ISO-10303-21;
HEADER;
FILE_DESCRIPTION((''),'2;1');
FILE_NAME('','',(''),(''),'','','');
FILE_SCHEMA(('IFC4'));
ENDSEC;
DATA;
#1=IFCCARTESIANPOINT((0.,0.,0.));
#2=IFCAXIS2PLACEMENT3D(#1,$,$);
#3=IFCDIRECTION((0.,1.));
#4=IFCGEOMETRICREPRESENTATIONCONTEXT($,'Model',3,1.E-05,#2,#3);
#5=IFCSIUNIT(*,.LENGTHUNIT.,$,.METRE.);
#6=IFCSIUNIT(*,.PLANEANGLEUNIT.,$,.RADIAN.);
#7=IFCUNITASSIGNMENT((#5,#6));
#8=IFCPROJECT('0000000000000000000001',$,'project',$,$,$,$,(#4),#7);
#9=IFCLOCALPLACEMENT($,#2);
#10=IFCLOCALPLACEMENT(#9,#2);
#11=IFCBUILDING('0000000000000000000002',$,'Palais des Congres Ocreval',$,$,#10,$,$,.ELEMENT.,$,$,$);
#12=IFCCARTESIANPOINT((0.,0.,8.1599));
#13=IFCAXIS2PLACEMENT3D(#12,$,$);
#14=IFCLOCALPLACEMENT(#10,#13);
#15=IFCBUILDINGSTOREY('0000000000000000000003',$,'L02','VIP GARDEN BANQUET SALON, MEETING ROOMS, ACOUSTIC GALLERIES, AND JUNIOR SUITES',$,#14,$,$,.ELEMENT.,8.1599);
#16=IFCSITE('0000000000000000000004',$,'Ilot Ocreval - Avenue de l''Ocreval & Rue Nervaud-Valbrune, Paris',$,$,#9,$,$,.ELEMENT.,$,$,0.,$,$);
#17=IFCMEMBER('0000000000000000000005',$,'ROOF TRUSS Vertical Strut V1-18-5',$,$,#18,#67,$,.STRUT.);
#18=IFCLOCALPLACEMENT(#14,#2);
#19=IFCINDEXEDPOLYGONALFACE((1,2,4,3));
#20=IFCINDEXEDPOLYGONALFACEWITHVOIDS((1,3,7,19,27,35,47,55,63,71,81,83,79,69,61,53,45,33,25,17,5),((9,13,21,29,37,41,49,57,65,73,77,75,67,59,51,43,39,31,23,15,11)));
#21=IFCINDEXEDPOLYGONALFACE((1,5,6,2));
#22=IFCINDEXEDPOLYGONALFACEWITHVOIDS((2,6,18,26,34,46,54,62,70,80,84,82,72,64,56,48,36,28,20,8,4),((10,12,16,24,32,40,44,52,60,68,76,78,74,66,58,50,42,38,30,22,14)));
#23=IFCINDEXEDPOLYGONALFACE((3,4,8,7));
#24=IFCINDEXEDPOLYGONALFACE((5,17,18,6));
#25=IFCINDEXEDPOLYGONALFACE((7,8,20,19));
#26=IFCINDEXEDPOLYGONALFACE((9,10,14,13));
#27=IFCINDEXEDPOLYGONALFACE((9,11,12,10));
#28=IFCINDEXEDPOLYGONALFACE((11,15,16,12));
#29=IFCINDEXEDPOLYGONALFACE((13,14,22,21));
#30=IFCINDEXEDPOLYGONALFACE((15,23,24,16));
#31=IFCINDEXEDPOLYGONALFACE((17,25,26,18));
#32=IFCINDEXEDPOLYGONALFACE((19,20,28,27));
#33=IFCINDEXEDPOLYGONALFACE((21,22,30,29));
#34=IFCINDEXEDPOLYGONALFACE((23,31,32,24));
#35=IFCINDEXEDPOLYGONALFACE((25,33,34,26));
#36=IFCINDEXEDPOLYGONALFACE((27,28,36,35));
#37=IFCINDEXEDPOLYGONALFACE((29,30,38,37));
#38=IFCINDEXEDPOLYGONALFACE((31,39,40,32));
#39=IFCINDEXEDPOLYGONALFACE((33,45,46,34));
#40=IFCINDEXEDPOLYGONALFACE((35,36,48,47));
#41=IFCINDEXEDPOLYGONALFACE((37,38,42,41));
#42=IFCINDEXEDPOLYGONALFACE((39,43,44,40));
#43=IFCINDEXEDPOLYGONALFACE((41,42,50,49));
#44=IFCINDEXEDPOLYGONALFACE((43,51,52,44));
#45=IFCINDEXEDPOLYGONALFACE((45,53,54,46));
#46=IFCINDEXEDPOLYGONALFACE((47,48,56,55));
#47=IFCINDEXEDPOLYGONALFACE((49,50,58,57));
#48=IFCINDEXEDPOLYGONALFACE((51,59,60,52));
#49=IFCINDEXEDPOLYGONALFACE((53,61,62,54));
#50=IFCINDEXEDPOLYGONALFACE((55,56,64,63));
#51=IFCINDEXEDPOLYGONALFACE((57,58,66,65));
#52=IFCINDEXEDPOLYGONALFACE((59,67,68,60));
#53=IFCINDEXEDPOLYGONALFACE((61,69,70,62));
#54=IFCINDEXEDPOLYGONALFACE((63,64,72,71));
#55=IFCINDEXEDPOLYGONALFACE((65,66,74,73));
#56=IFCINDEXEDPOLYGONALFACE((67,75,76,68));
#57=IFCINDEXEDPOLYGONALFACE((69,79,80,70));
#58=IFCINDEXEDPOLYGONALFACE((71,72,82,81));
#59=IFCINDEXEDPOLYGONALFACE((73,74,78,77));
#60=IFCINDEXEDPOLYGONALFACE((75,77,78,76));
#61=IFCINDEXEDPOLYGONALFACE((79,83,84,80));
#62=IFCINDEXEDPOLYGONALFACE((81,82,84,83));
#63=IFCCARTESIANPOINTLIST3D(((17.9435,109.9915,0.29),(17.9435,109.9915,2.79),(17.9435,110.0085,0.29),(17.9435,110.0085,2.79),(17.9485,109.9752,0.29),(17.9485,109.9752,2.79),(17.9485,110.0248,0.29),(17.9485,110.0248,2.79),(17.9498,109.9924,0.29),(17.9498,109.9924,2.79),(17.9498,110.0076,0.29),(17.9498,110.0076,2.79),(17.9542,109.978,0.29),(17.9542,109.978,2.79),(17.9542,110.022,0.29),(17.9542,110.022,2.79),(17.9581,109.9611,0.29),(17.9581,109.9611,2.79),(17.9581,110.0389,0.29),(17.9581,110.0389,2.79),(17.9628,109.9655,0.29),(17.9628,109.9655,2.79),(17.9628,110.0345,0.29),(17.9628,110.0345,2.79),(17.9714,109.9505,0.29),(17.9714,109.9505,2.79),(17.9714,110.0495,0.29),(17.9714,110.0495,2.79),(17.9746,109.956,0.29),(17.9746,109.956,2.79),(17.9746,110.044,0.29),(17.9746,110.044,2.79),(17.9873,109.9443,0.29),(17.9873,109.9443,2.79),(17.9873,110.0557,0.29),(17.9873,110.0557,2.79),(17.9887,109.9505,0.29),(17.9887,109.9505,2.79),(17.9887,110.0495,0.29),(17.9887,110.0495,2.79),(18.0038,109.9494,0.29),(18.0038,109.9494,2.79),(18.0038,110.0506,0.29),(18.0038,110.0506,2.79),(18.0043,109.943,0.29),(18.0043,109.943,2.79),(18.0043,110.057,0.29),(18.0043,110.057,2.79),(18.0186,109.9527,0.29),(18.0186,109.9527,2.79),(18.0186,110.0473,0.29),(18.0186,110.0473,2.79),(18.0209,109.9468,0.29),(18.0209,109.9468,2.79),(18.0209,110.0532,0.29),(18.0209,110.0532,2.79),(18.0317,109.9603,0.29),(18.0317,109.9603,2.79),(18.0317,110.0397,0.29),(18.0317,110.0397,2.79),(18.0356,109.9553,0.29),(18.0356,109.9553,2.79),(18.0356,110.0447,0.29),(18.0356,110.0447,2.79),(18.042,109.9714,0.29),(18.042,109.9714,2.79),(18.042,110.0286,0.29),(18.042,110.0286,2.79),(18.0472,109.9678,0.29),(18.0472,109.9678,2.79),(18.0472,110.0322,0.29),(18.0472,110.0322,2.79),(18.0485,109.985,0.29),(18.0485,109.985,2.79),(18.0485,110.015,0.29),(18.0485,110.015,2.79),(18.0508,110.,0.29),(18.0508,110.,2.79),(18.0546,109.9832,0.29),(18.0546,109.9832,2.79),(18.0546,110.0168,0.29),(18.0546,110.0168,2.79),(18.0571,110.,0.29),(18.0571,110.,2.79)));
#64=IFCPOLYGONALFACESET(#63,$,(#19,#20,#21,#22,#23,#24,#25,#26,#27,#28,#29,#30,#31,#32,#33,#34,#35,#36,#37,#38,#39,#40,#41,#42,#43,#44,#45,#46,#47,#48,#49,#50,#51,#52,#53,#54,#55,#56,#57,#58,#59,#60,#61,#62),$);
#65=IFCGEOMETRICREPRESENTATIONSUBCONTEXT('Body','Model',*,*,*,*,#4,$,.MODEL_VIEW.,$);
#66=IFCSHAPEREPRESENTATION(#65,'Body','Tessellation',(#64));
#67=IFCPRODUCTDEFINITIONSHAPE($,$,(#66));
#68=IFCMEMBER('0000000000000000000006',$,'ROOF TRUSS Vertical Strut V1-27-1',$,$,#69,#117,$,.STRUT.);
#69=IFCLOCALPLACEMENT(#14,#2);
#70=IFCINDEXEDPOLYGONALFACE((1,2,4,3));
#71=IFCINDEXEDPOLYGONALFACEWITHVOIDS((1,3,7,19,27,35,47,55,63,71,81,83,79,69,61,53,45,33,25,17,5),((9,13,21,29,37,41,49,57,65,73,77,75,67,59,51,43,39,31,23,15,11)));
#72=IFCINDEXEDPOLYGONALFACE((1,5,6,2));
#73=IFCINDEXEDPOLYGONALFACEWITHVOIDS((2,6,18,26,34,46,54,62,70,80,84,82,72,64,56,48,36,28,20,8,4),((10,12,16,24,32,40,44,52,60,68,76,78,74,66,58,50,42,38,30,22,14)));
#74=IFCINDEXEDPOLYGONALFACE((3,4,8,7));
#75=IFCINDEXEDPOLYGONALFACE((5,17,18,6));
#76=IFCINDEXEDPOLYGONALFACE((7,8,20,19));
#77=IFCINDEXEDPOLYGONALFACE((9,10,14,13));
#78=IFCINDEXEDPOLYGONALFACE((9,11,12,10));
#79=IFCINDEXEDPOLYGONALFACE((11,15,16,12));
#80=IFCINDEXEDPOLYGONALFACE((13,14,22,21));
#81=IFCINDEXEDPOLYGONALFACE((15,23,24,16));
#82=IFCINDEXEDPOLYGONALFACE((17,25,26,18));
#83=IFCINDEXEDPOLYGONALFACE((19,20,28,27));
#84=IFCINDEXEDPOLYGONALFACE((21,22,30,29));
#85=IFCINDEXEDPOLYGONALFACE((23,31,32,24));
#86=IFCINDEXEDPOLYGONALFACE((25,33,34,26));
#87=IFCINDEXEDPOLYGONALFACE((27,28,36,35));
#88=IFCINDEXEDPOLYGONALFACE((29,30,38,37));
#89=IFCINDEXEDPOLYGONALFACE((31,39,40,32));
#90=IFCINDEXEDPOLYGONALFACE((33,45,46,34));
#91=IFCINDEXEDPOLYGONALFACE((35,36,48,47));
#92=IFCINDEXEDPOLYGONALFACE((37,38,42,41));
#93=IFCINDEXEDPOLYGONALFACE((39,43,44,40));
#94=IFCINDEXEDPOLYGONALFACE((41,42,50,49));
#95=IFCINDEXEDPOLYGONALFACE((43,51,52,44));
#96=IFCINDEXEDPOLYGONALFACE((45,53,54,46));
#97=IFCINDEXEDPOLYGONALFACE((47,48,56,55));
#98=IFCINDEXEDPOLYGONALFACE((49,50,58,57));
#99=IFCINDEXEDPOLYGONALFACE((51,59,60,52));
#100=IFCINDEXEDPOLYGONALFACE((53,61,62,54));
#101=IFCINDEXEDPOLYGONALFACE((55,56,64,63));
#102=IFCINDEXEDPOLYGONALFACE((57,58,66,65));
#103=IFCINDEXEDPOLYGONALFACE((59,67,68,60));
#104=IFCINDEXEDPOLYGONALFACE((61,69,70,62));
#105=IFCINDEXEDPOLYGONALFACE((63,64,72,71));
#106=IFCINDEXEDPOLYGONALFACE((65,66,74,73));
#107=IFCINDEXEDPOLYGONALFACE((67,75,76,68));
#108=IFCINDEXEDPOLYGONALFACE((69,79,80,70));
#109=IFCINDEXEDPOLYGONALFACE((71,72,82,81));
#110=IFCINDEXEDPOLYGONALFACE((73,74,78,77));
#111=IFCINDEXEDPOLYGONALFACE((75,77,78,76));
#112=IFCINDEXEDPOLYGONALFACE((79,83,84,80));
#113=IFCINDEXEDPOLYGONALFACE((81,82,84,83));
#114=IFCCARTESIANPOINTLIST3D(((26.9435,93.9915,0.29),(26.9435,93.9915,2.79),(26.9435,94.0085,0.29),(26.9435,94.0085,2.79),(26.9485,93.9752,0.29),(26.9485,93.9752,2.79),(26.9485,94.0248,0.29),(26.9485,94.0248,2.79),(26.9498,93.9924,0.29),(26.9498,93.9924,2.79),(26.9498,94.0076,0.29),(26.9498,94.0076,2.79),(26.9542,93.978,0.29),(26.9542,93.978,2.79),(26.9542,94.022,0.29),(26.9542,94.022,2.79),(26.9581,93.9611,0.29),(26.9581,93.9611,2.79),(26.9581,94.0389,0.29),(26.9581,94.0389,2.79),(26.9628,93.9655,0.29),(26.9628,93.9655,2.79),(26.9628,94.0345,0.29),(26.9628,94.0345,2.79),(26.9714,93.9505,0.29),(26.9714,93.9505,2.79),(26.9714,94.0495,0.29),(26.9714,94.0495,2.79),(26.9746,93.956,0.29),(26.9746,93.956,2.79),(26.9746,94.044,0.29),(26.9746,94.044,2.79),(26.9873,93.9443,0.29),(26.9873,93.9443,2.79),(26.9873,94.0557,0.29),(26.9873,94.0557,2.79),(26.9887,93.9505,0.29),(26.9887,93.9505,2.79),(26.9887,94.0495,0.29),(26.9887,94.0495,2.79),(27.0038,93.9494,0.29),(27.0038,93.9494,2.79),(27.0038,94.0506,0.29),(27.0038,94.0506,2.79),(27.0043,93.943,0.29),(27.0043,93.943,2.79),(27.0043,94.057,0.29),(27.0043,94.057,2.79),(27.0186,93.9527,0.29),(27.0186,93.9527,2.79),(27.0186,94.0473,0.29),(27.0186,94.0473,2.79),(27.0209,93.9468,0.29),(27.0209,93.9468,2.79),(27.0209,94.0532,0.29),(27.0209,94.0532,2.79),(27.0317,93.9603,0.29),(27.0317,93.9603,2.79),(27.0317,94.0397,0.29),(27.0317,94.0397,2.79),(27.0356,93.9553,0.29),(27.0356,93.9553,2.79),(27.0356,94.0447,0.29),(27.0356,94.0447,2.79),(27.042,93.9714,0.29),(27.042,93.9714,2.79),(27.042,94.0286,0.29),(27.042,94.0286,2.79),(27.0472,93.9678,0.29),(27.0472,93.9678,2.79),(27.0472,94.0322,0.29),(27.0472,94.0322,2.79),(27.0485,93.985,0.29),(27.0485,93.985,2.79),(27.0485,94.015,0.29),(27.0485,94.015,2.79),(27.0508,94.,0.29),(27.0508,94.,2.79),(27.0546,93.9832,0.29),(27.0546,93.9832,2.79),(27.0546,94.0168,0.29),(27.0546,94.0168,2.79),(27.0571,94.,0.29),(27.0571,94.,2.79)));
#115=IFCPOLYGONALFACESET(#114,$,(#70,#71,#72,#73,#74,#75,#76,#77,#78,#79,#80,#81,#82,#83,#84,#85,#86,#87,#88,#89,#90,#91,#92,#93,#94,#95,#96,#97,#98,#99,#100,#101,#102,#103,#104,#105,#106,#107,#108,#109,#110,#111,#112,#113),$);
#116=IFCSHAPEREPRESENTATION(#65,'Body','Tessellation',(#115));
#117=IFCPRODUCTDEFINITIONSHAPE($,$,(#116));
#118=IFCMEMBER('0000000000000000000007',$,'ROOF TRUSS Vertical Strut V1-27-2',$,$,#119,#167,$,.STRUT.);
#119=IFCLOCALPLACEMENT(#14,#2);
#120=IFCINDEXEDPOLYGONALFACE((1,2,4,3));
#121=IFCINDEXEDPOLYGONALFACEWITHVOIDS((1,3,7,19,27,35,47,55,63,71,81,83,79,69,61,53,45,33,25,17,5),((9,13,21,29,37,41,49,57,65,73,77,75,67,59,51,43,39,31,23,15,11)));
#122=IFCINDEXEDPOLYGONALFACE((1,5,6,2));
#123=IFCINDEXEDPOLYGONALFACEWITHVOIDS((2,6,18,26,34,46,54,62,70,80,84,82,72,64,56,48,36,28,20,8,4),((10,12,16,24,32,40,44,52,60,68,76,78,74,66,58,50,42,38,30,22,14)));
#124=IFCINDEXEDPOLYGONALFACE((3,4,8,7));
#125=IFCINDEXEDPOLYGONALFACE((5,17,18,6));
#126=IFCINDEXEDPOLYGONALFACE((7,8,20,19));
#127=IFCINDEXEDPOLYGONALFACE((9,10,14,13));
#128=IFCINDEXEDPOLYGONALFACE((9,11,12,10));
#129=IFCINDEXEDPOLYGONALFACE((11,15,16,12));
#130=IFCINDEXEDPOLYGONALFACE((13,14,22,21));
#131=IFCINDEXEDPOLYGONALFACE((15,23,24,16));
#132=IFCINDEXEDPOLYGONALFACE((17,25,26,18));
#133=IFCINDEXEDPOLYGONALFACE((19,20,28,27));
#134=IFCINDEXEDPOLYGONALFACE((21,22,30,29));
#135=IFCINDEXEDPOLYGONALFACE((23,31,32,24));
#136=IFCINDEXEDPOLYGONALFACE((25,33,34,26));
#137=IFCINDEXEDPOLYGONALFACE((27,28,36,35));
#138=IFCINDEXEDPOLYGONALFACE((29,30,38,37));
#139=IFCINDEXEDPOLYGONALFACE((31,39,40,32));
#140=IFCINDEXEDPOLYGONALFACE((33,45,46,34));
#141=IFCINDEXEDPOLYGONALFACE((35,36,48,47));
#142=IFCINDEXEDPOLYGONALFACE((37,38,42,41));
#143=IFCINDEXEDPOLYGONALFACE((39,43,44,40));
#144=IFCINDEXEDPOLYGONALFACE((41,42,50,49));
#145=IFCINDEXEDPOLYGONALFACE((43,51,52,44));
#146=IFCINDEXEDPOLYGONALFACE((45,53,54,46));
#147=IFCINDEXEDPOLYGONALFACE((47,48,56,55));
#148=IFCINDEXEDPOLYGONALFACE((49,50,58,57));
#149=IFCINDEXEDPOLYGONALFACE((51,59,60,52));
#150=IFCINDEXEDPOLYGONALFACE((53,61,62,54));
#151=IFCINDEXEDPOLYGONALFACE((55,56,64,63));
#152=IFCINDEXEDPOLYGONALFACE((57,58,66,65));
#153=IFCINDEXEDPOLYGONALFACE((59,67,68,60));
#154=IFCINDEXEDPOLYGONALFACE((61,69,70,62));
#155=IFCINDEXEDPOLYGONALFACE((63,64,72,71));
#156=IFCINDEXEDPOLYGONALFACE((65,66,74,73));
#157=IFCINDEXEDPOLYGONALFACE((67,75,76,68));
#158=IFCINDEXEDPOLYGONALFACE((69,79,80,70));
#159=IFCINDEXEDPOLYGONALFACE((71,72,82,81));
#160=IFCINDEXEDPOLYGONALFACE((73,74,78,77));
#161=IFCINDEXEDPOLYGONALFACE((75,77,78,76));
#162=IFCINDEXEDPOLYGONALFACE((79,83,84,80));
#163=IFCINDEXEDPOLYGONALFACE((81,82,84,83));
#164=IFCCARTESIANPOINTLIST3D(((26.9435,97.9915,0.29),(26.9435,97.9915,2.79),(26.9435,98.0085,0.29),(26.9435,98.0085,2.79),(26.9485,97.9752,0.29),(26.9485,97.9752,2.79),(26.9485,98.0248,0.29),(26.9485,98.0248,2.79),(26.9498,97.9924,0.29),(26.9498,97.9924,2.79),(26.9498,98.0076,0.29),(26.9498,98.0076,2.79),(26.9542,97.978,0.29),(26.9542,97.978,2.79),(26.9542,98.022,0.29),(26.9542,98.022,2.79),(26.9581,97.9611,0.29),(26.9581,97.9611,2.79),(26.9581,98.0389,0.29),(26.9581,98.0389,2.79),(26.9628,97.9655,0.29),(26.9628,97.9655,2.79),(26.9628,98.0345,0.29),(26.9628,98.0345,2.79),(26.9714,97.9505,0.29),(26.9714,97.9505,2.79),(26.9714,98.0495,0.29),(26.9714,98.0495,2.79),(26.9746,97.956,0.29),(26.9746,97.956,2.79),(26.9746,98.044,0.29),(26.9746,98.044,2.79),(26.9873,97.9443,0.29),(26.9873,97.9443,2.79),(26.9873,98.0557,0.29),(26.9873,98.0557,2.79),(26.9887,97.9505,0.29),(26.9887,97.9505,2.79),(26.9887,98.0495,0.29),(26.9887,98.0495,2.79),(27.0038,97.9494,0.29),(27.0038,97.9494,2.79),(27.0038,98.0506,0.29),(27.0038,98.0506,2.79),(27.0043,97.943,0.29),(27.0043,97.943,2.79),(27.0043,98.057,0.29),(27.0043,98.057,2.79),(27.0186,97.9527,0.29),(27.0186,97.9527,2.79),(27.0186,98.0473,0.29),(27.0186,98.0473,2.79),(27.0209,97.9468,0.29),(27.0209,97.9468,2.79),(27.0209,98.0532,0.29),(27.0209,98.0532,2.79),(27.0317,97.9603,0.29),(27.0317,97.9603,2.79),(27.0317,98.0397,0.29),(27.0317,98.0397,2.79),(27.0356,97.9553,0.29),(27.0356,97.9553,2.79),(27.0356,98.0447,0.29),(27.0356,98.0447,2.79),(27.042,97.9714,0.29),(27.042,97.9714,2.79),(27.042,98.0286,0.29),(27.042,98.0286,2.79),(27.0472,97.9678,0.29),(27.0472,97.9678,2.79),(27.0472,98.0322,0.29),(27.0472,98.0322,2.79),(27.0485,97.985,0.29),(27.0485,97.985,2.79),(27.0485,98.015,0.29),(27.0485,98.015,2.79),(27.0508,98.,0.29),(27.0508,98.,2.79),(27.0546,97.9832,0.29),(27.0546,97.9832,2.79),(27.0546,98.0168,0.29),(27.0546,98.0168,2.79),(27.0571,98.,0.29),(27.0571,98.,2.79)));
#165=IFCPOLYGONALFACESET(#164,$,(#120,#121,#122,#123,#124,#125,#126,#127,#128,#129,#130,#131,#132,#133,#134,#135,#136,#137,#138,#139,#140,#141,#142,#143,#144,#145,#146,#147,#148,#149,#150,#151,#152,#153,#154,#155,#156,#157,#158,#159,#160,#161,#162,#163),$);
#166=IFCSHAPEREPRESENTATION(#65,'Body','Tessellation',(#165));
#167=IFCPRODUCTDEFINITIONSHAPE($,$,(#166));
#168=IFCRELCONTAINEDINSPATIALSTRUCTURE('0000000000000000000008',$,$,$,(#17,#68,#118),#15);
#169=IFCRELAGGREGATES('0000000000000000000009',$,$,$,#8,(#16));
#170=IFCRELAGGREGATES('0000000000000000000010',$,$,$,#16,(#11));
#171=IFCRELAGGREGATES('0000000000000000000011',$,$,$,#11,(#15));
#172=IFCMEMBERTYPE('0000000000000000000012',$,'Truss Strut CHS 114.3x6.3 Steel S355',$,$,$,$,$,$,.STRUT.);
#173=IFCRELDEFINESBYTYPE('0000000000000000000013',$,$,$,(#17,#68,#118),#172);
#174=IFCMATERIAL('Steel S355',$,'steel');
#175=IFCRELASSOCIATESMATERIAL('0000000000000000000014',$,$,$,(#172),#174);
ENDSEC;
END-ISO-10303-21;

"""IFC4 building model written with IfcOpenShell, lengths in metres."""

from ifc_helpers import new_model, si_unit, direction, frame, origin, origin_2d, place, context, subcontext, project, spatial, hollow_circle, extrude, material, material_profile, profile_set, type_object, element, save


model = new_model("IFC4")

# Units and contexts
model_context = context("Model", 3, precision=1e-05, world=origin(), true_north=direction((0.0, 1.0)))
body_context = subcontext(model_context, "Body", "Model", "MODEL_VIEW")
ifc_project = project(units=[si_unit("LENGTHUNIT", "METRE"), si_unit("PLANEANGLEUNIT", "RADIAN")], contexts=[model_context])

# Site, building, storey
site_placement = place(None, origin())
site = spatial("IfcSite", under=ifc_project, at=site_placement, Name="Ilot Ocreval - Avenue de l'Ocreval & Rue Nervaud-Valbrune, Paris", CompositionType="ELEMENT", RefElevation=0.0)
building_placement = place(site_placement, origin())
building = spatial("IfcBuilding", under=site, at=building_placement, Name="Palais des Congres Ocreval", CompositionType="ELEMENT")
storey_placement = place(building_placement, frame((0.0, 0.0, 8.1599)))
storey = spatial("IfcBuildingStorey", under=building, at=storey_placement, Name="L02", Description="VIP GARDEN BANQUET SALON, MEETING ROOMS, ACOUSTIC GALLERIES, AND JUNIOR SUITES", CompositionType="ELEMENT", Elevation=8.1599)

# Shared definitions
ifc_material_1 = material(Name="Steel S355", Category="steel")

# Members
ifc_material_profile_1 = material_profile(ifc_material_1, hollow_circle(Radius=0.0571, WallThickness=0.0063, at=origin_2d()), Name="CHS 114.3x6.3")
ifc_profile_set_1 = profile_set([ifc_material_profile_1], Name="Steel S355")
member_type_1 = type_object("IfcMemberType", Name="Truss Strut CHS 114.3x6.3 Steel S355", PredefinedType="STRUT", material=ifc_profile_set_1)
for number, where, z_axis, x_axis, name in (
    (1, (18.0, 110.0, 0.29), (0.0, 0.0, 1.0), (1.0, 0.0, 0.0), "ROOF TRUSS Vertical Strut V1-18-5"),
    (2, (27.0, 94.0, 0.29), (0.0, 0.0, 1.0), (1.0, 0.0, 0.0), "ROOF TRUSS Vertical Strut V1-27-1"),
    (3, (27.0, 98.0, 0.29), (0.0, 0.0, 1.0), (1.0, 0.0, 0.0), "ROOF TRUSS Vertical Strut V1-27-2"),
):
    element("IfcMember", number, at=place(storey_placement, frame(where, z_axis=z_axis, x_axis=x_axis)), inside=storey, type_object=member_type_1, Name=name, PredefinedType="STRUT", context=body_context, shape_type="SweptSolid", body=[
        extrude(hollow_circle(Radius=0.0571, WallThickness=0.0063, at=origin_2d()), origin(), (0.0, 0.0, 1.0), 2.5),
    ])

save(model, "model.ifc")
